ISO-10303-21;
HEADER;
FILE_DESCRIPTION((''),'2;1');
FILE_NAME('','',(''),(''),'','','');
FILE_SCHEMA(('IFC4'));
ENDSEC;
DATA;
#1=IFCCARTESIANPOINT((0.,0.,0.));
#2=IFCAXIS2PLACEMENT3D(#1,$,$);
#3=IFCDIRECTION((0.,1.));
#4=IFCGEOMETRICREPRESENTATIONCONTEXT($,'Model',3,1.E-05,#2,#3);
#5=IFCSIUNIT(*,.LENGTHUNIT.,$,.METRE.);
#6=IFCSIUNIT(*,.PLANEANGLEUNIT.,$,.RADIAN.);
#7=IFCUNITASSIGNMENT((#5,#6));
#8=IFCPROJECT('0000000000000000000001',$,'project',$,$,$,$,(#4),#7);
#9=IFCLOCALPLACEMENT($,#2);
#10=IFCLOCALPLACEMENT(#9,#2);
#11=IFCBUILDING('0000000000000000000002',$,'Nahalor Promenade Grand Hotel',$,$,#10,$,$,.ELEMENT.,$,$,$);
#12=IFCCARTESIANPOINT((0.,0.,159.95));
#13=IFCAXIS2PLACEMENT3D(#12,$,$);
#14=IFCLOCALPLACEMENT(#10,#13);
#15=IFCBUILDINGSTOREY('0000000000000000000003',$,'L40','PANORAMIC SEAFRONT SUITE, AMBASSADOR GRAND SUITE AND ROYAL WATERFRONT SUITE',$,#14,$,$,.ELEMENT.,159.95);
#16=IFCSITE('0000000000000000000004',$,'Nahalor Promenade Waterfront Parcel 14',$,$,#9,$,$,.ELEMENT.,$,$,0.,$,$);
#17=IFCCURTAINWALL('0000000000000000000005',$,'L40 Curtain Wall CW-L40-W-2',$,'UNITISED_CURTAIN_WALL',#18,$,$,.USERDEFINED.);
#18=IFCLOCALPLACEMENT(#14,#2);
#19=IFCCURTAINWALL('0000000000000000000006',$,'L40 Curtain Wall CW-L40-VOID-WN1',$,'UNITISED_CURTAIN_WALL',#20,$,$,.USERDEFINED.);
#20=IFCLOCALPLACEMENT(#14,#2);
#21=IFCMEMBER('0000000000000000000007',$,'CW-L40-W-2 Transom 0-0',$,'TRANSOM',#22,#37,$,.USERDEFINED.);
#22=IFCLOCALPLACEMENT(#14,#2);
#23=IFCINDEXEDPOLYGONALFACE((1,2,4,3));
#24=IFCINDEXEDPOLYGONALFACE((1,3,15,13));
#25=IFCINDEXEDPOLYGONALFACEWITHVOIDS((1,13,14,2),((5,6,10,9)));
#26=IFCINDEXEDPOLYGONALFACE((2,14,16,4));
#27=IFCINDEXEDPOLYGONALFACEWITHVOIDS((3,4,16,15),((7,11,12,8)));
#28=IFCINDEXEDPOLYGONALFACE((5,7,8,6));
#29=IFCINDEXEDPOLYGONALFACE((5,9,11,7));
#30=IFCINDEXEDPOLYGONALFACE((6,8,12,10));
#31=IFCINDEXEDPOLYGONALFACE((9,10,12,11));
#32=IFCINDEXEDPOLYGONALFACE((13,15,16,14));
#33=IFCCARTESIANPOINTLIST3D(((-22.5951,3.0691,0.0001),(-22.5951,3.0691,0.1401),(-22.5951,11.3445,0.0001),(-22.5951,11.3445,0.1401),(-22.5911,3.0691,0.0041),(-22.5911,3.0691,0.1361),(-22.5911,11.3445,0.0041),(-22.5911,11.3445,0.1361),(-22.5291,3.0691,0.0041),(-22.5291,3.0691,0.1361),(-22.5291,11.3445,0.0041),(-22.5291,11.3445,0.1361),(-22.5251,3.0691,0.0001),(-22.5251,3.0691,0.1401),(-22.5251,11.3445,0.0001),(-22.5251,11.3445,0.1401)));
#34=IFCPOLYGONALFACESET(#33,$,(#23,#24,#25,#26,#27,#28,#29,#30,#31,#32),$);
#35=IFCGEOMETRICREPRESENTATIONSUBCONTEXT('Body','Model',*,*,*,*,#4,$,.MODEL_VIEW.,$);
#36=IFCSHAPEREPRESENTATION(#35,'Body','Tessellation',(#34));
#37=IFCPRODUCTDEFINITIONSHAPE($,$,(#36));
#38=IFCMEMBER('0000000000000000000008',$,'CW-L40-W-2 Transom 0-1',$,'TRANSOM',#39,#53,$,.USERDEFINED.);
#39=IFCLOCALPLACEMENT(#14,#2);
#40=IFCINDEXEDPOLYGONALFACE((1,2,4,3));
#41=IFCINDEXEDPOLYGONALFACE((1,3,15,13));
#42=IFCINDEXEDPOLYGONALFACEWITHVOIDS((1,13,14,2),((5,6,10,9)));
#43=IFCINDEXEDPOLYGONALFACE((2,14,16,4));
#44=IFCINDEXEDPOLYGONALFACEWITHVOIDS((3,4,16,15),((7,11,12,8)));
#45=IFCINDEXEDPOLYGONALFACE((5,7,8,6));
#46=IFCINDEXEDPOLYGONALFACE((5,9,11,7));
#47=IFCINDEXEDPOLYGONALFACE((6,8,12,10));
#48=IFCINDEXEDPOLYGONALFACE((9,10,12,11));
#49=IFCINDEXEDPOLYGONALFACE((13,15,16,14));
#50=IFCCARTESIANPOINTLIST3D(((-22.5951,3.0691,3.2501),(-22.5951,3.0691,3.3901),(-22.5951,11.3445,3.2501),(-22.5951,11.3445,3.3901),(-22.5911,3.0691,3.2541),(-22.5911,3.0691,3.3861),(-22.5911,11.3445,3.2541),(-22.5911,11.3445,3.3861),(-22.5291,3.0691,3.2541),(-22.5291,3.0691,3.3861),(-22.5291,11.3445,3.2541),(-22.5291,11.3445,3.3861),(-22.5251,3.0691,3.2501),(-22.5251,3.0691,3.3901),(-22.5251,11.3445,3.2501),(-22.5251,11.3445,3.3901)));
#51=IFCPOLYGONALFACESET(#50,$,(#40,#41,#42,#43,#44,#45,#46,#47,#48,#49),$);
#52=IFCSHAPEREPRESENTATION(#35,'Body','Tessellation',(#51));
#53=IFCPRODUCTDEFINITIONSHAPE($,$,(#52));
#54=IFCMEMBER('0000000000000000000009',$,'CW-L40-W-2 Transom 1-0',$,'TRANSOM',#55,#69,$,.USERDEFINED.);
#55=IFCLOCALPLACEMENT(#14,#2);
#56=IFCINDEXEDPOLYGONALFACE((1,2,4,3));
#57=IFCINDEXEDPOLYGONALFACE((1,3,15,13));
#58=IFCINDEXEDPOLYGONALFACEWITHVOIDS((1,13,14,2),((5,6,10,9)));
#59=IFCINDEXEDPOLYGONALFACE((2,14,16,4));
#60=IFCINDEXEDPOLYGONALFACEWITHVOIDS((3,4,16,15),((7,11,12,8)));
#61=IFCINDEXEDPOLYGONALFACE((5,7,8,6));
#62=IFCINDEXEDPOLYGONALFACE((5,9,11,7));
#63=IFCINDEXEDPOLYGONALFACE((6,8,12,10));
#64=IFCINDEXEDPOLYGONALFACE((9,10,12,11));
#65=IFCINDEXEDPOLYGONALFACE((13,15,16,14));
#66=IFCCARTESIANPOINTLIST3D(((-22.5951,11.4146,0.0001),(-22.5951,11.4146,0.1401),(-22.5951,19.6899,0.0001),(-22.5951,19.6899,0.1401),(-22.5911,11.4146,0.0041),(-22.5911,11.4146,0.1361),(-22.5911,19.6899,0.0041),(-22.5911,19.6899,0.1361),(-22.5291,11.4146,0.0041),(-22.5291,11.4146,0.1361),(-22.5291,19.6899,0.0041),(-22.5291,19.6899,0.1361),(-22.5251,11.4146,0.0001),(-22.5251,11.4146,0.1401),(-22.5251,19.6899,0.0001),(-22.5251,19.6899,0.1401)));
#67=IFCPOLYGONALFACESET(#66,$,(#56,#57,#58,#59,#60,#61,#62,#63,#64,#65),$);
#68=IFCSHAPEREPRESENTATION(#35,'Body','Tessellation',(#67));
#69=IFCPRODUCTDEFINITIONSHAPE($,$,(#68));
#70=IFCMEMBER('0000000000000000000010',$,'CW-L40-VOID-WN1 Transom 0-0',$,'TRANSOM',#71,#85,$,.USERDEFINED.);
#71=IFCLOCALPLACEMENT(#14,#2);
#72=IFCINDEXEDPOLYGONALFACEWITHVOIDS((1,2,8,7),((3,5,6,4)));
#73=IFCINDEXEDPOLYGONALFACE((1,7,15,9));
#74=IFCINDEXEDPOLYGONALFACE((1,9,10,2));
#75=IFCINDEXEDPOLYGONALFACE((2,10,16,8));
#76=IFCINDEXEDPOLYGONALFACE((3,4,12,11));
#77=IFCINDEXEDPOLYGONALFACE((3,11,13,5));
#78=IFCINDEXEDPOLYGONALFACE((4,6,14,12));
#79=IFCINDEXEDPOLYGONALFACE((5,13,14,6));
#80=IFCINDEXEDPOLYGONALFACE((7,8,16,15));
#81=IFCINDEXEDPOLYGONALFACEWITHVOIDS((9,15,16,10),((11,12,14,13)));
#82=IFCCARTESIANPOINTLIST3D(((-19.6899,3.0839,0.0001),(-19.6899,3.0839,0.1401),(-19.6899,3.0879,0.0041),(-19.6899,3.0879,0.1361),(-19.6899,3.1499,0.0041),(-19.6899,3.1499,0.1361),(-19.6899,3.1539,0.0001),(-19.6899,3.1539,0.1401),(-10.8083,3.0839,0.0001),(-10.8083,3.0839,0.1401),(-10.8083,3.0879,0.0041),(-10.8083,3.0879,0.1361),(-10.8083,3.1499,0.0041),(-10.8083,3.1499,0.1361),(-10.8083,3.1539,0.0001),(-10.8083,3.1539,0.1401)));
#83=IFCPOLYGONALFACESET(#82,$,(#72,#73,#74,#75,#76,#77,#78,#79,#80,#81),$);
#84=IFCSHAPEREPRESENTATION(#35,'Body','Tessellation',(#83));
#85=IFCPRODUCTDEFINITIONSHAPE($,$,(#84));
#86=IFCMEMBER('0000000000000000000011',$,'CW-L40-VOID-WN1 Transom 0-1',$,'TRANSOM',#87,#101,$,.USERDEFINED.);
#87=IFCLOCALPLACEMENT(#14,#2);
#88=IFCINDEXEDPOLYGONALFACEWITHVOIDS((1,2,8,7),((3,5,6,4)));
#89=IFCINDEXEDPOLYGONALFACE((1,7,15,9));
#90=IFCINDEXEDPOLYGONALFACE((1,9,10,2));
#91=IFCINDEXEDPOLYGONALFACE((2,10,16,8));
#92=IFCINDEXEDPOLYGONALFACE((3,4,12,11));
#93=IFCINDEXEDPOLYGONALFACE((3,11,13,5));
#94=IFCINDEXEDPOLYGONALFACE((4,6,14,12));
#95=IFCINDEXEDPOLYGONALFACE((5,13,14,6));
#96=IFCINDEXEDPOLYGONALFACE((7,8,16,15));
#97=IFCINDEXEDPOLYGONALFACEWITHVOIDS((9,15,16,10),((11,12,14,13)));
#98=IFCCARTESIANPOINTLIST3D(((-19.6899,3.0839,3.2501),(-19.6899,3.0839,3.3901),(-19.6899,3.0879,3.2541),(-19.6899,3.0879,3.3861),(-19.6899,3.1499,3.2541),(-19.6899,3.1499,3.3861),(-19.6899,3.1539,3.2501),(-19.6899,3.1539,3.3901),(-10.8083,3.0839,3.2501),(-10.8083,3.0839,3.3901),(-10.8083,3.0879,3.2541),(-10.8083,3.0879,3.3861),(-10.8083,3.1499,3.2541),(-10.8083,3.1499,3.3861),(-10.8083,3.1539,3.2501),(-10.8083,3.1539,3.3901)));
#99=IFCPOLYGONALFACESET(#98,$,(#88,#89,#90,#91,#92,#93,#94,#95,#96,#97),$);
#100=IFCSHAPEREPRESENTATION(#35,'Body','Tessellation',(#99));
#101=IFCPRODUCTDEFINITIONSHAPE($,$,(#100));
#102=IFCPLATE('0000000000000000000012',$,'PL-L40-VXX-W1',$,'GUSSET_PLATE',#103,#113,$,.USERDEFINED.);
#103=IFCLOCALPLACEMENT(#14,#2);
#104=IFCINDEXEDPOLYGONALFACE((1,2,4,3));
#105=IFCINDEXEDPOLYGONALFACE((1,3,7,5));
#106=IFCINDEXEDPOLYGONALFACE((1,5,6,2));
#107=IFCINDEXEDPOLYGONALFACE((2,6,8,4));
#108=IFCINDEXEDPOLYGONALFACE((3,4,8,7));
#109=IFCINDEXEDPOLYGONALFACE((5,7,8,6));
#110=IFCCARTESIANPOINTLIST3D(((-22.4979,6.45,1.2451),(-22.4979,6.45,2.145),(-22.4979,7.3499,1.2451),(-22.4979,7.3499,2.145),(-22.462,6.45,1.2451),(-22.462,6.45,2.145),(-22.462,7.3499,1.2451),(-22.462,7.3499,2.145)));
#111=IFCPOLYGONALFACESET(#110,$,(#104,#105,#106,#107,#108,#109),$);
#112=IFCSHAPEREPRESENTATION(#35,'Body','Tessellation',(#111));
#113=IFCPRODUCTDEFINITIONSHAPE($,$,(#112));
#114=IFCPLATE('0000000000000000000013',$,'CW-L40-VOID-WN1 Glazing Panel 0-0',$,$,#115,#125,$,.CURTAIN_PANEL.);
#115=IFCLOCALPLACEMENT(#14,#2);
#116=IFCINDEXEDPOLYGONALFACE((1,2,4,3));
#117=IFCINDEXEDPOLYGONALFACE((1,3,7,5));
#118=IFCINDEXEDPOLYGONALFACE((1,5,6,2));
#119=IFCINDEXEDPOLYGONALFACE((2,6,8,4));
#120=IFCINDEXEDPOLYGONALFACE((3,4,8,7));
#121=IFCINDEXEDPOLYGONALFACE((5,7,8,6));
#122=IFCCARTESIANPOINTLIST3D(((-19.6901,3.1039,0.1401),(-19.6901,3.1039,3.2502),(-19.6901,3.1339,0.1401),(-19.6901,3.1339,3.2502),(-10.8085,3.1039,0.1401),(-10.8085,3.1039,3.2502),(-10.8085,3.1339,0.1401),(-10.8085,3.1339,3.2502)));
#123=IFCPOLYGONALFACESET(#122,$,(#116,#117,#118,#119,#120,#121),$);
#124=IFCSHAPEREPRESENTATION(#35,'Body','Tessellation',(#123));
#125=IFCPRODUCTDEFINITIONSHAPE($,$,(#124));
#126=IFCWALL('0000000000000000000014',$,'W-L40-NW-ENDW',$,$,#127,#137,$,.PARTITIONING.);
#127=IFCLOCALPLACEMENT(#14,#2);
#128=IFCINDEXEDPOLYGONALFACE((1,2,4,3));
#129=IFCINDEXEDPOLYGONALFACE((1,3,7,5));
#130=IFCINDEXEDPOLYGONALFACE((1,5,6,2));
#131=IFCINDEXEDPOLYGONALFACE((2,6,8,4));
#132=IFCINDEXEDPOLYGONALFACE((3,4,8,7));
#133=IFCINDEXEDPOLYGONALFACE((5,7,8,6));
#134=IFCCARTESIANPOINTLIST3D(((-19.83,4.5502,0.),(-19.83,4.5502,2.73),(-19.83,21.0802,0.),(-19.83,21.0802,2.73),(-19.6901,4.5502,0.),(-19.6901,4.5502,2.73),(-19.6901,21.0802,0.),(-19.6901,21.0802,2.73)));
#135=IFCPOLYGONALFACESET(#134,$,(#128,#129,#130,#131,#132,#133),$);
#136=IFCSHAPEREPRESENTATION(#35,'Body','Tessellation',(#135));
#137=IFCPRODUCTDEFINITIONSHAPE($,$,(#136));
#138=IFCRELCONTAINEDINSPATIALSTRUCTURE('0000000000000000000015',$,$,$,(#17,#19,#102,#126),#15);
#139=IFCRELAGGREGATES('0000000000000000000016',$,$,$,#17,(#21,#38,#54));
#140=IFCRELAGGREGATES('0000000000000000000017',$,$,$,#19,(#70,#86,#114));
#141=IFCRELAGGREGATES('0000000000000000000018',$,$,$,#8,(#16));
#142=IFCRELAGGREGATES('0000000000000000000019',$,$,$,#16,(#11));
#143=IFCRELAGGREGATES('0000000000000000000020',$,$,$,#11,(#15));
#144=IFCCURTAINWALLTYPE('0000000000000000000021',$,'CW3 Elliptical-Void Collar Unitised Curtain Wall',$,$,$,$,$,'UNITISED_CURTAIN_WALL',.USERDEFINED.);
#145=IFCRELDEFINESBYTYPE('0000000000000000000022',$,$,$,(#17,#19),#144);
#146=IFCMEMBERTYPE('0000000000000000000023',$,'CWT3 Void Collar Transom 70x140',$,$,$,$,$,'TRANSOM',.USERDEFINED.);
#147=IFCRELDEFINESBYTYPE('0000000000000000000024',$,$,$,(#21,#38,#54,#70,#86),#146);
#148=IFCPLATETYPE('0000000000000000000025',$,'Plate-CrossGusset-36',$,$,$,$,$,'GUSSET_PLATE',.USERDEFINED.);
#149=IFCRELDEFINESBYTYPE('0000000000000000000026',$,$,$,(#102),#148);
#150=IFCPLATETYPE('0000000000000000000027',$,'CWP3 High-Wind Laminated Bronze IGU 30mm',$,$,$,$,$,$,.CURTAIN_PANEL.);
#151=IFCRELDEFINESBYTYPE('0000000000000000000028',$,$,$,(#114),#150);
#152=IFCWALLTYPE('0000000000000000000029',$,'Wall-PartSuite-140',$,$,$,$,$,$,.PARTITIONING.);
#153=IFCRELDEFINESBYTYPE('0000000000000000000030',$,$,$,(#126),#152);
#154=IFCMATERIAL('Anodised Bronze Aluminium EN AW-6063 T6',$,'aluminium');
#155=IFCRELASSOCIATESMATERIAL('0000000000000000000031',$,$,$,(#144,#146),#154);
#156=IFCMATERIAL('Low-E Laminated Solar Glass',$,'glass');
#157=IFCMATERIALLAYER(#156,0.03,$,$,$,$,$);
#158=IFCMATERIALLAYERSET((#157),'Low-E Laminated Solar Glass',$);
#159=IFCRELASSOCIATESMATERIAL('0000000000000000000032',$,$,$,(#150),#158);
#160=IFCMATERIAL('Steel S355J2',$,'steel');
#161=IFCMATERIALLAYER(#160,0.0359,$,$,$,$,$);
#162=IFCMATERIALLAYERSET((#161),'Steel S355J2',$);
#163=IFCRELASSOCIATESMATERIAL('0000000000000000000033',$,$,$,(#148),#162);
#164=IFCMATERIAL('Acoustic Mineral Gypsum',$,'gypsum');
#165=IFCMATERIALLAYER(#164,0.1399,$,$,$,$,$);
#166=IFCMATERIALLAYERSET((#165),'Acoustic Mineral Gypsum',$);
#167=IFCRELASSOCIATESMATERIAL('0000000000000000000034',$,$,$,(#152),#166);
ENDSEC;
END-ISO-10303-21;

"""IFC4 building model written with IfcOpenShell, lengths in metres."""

from ifc_helpers import new_model, si_unit, direction, frame, frame_2d, origin, origin_2d, place, context, subcontext, project, spatial, rectangle, hollow_rectangle, extrude, source, transform, mapped, material, layer, layer_set, material_profile, profile_set, type_object, element, aggregate, save


model = new_model("IFC4")

# Units and contexts
model_context = context("Model", 3, precision=1e-05, world=origin(), true_north=direction((0.0, 1.0)))
body_context = subcontext(model_context, "Body", "Model", "MODEL_VIEW")
ifc_project = project(units=[si_unit("LENGTHUNIT", "METRE"), si_unit("PLANEANGLEUNIT", "RADIAN")], contexts=[model_context])

# Site, building, storey
site_placement = place(None, origin())
site = spatial("IfcSite", under=ifc_project, at=site_placement, Name="Nahalor Promenade Waterfront Parcel 14", CompositionType="ELEMENT", RefElevation=0.0)
building_placement = place(site_placement, origin())
building = spatial("IfcBuilding", under=site, at=building_placement, Name="Nahalor Promenade Grand Hotel", CompositionType="ELEMENT")
storey_placement = place(building_placement, frame((0.0, 0.0, 159.95)))
storey = spatial("IfcBuildingStorey", under=building, at=storey_placement, Name="L40", Description="PANORAMIC SEAFRONT SUITE, AMBASSADOR GRAND SUITE AND ROYAL WATERFRONT SUITE", CompositionType="ELEMENT", Elevation=159.95)

# Shared definitions
ifc_material_1 = material(Name="Steel S355J2", Category="steel")

# Shared definitions
ifc_material_2 = material(Name="Anodised Bronze Aluminium EN AW-6063 T6", Category="aluminium")
curtain_wall_type = type_object("IfcCurtainWallType", Name="CW3 Elliptical-Void Collar Unitised Curtain Wall", ElementType="UNITISED_CURTAIN_WALL", PredefinedType="USERDEFINED", material=ifc_material_2)

# Curtain wall
curtain_wall_1_placement = place(storey_placement, origin())
curtain_wall_1 = element("IfcCurtainWall", 1, at=curtain_wall_1_placement, inside=storey, type_object=curtain_wall_type, Name="L40 Curtain Wall CW-L40-W-2", ObjectType="UNITISED_CURTAIN_WALL", PredefinedType="USERDEFINED")

# Curtain wall
curtain_wall_2_placement = place(storey_placement, origin())
curtain_wall_2 = element("IfcCurtainWall", 2, at=curtain_wall_2_placement, inside=storey, type_object=curtain_wall_type, Name="L40 Curtain Wall CW-L40-VOID-WN1", ObjectType="UNITISED_CURTAIN_WALL", PredefinedType="USERDEFINED")

# Members
ifc_material_profile_1 = material_profile(ifc_material_2, hollow_rectangle(XDim=0.07, YDim=0.14, WallThickness=0.004, at=origin_2d()), Name="CWT 70x140x4")
ifc_profile_set_1 = profile_set([ifc_material_profile_1], Name="Anodised Bronze Aluminium EN AW-6063 T6")
member_type_1 = type_object("IfcMemberType", Name="CWT3 Void Collar Transom 70x140", ElementType="TRANSOM", PredefinedType="USERDEFINED", material=ifc_profile_set_1)
shared_shape_1 = source(origin(), body_context, "Body", "SweptSolid", [
    extrude(hollow_rectangle(XDim=0.07, YDim=0.14, WallThickness=0.004, at=origin_2d()), origin(), (0.0, 0.0, 1.0), 8.2754),
])
member_1_placement = place(storey_placement, frame((-22.5601, 3.0691, 0.0701), z_axis=(0.0, 1.0, 0.0), x_axis=(-1.0, 0.0, 0.0)))
member_1 = element("IfcMember", 3, at=member_1_placement, type_object=member_type_1, Name="CW-L40-W-2 Transom 0-0", ObjectType="TRANSOM", PredefinedType="USERDEFINED", context=body_context, shape_type="MappedRepresentation", body=[
    mapped(shared_shape_1, transform((0.0, 0.0, 0.0), scale=1.0)),
])
member_2_placement = place(storey_placement, frame((-22.5601, 3.0691, 3.3201), z_axis=(0.0, 1.0, 0.0), x_axis=(-1.0, 0.0, 0.0)))
member_2 = element("IfcMember", 4, at=member_2_placement, type_object=member_type_1, Name="CW-L40-W-2 Transom 0-1", ObjectType="TRANSOM", PredefinedType="USERDEFINED", context=body_context, shape_type="MappedRepresentation", body=[
    mapped(shared_shape_1, transform((0.0, 0.0, 0.0), scale=1.0)),
])
member_3_placement = place(storey_placement, frame((-22.5601, 11.4146, 0.0701), z_axis=(0.0, 1.0, 0.0), x_axis=(-1.0, 0.0, 0.0)))
member_3 = element("IfcMember", 5, at=member_3_placement, type_object=member_type_1, Name="CW-L40-W-2 Transom 1-0", ObjectType="TRANSOM", PredefinedType="USERDEFINED", context=body_context, shape_type="MappedRepresentation", body=[
    mapped(shared_shape_1, transform((0.0, 0.0, 0.0), scale=1.0)),
])
shared_shape_2 = source(origin(), body_context, "Body", "SweptSolid", [
    extrude(hollow_rectangle(XDim=0.07, YDim=0.14, WallThickness=0.004, at=origin_2d()), origin(), (0.0, 0.0, 1.0), 8.8816),
])
member_4_placement = place(storey_placement, frame((-19.6899, 3.1189, 0.0701), z_axis=(1.0, 0.0, 0.0), x_axis=(0.0, 1.0, 0.0)))
member_4 = element("IfcMember", 6, at=member_4_placement, type_object=member_type_1, Name="CW-L40-VOID-WN1 Transom 0-0", ObjectType="TRANSOM", PredefinedType="USERDEFINED", context=body_context, shape_type="MappedRepresentation", body=[
    mapped(shared_shape_2, transform((0.0, 0.0, 0.0), scale=1.0)),
])
member_5_placement = place(storey_placement, frame((-19.6899, 3.1189, 3.3201), z_axis=(1.0, 0.0, 0.0), x_axis=(0.0, 1.0, 0.0)))
member_5 = element("IfcMember", 7, at=member_5_placement, type_object=member_type_1, Name="CW-L40-VOID-WN1 Transom 0-1", ObjectType="TRANSOM", PredefinedType="USERDEFINED", context=body_context, shape_type="MappedRepresentation", body=[
    mapped(shared_shape_2, transform((0.0, 0.0, 0.0), scale=1.0)),
])

# Plates
ifc_material_3 = material(Name="Low-E Laminated Solar Glass", Category="glass")
ifc_layer_1 = layer(ifc_material_3, 0.03)
ifc_layer_set_1 = layer_set([ifc_layer_1], Name="Low-E Laminated Solar Glass")
plate_type_1 = type_object("IfcPlateType", Name="CWP3 High-Wind Laminated Bronze IGU 30mm", PredefinedType="CURTAIN_PANEL", material=ifc_layer_set_1)
aggregate(curtain_wall_1, [member_1, member_2, member_3])
ifc_layer_2 = layer(ifc_material_1, 0.0359)
ifc_layer_set_2 = layer_set([ifc_layer_2], Name="Steel S355J2")
plate_type_2 = type_object("IfcPlateType", Name="Plate-CrossGusset-36", ElementType="GUSSET_PLATE", PredefinedType="USERDEFINED", material=ifc_layer_set_2)
shared_shape_3 = source(origin(), body_context, "Body", "SweptSolid", [
    extrude(rectangle(XDim=0.8999, YDim=0.0359, at=origin_2d()), origin(), (0.0, 0.0, 1.0), 0.8999),
])
plate_1_placement = place(storey_placement, frame((-22.48, 6.8999, 1.2451), z_axis=(0.0, 0.0, 1.0), x_axis=(0.0, 1.0, 0.0)))
element("IfcPlate", 8, at=plate_1_placement, inside=storey, type_object=plate_type_2, Name="PL-L40-VXX-W1", ObjectType="GUSSET_PLATE", PredefinedType="USERDEFINED", context=body_context, shape_type="MappedRepresentation", body=[
    mapped(shared_shape_3, transform((0.0, 0.0, 0.0), scale=1.0)),
])
shared_shape_4 = source(origin(), body_context, "Body", "SweptSolid", [
    extrude(rectangle(XDim=8.8816, YDim=0.03, at=origin_2d()), origin(), (0.0, 0.0, 1.0), 3.1101),
])
plate_2_placement = place(storey_placement, frame((-15.2493, 3.1189, 0.1401), z_axis=(0.0, 0.0, 1.0), x_axis=(1.0, 0.0, 0.0)))
plate_2 = element("IfcPlate", 9, at=plate_2_placement, type_object=plate_type_1, Name="CW-L40-VOID-WN1 Glazing Panel 0-0", PredefinedType="CURTAIN_PANEL", context=body_context, shape_type="MappedRepresentation", body=[
    mapped(shared_shape_4, transform((0.0, 0.0, 0.0), scale=1.0)),
])
aggregate(curtain_wall_2, [member_4, member_5, plate_2])

# Shared definitions
ifc_material_4 = material(Name="Acoustic Mineral Gypsum", Category="gypsum")

# Wall
ifc_layer_3 = layer(ifc_material_4, 0.1399)
ifc_layer_set_3 = layer_set([ifc_layer_3], Name="Acoustic Mineral Gypsum")
wall_type_1 = type_object("IfcWallType", Name="Wall-PartSuite-140", PredefinedType="PARTITIONING", material=ifc_layer_set_3)
shared_shape_5 = source(origin(), body_context, "Body", "SweptSolid", [
    extrude(rectangle(XDim=16.53, YDim=0.1399, at=frame_2d((8.2651, 0.0))), origin(), (0.0, 0.0, 1.0), 2.73),
])
wall_1_placement = place(storey_placement, frame((-19.76, 4.55, 0.0), z_axis=(0.0, 0.0, 1.0), x_axis=(0.0, 1.0, 0.0)))
element("IfcWall", 10, at=wall_1_placement, inside=storey, type_object=wall_type_1, Name="W-L40-NW-ENDW", PredefinedType="PARTITIONING", context=body_context, shape_type="MappedRepresentation", body=[
    mapped(shared_shape_5, transform((0.0, 0.0, 0.0), scale=1.0)),
])

save(model, "model.ifc")
